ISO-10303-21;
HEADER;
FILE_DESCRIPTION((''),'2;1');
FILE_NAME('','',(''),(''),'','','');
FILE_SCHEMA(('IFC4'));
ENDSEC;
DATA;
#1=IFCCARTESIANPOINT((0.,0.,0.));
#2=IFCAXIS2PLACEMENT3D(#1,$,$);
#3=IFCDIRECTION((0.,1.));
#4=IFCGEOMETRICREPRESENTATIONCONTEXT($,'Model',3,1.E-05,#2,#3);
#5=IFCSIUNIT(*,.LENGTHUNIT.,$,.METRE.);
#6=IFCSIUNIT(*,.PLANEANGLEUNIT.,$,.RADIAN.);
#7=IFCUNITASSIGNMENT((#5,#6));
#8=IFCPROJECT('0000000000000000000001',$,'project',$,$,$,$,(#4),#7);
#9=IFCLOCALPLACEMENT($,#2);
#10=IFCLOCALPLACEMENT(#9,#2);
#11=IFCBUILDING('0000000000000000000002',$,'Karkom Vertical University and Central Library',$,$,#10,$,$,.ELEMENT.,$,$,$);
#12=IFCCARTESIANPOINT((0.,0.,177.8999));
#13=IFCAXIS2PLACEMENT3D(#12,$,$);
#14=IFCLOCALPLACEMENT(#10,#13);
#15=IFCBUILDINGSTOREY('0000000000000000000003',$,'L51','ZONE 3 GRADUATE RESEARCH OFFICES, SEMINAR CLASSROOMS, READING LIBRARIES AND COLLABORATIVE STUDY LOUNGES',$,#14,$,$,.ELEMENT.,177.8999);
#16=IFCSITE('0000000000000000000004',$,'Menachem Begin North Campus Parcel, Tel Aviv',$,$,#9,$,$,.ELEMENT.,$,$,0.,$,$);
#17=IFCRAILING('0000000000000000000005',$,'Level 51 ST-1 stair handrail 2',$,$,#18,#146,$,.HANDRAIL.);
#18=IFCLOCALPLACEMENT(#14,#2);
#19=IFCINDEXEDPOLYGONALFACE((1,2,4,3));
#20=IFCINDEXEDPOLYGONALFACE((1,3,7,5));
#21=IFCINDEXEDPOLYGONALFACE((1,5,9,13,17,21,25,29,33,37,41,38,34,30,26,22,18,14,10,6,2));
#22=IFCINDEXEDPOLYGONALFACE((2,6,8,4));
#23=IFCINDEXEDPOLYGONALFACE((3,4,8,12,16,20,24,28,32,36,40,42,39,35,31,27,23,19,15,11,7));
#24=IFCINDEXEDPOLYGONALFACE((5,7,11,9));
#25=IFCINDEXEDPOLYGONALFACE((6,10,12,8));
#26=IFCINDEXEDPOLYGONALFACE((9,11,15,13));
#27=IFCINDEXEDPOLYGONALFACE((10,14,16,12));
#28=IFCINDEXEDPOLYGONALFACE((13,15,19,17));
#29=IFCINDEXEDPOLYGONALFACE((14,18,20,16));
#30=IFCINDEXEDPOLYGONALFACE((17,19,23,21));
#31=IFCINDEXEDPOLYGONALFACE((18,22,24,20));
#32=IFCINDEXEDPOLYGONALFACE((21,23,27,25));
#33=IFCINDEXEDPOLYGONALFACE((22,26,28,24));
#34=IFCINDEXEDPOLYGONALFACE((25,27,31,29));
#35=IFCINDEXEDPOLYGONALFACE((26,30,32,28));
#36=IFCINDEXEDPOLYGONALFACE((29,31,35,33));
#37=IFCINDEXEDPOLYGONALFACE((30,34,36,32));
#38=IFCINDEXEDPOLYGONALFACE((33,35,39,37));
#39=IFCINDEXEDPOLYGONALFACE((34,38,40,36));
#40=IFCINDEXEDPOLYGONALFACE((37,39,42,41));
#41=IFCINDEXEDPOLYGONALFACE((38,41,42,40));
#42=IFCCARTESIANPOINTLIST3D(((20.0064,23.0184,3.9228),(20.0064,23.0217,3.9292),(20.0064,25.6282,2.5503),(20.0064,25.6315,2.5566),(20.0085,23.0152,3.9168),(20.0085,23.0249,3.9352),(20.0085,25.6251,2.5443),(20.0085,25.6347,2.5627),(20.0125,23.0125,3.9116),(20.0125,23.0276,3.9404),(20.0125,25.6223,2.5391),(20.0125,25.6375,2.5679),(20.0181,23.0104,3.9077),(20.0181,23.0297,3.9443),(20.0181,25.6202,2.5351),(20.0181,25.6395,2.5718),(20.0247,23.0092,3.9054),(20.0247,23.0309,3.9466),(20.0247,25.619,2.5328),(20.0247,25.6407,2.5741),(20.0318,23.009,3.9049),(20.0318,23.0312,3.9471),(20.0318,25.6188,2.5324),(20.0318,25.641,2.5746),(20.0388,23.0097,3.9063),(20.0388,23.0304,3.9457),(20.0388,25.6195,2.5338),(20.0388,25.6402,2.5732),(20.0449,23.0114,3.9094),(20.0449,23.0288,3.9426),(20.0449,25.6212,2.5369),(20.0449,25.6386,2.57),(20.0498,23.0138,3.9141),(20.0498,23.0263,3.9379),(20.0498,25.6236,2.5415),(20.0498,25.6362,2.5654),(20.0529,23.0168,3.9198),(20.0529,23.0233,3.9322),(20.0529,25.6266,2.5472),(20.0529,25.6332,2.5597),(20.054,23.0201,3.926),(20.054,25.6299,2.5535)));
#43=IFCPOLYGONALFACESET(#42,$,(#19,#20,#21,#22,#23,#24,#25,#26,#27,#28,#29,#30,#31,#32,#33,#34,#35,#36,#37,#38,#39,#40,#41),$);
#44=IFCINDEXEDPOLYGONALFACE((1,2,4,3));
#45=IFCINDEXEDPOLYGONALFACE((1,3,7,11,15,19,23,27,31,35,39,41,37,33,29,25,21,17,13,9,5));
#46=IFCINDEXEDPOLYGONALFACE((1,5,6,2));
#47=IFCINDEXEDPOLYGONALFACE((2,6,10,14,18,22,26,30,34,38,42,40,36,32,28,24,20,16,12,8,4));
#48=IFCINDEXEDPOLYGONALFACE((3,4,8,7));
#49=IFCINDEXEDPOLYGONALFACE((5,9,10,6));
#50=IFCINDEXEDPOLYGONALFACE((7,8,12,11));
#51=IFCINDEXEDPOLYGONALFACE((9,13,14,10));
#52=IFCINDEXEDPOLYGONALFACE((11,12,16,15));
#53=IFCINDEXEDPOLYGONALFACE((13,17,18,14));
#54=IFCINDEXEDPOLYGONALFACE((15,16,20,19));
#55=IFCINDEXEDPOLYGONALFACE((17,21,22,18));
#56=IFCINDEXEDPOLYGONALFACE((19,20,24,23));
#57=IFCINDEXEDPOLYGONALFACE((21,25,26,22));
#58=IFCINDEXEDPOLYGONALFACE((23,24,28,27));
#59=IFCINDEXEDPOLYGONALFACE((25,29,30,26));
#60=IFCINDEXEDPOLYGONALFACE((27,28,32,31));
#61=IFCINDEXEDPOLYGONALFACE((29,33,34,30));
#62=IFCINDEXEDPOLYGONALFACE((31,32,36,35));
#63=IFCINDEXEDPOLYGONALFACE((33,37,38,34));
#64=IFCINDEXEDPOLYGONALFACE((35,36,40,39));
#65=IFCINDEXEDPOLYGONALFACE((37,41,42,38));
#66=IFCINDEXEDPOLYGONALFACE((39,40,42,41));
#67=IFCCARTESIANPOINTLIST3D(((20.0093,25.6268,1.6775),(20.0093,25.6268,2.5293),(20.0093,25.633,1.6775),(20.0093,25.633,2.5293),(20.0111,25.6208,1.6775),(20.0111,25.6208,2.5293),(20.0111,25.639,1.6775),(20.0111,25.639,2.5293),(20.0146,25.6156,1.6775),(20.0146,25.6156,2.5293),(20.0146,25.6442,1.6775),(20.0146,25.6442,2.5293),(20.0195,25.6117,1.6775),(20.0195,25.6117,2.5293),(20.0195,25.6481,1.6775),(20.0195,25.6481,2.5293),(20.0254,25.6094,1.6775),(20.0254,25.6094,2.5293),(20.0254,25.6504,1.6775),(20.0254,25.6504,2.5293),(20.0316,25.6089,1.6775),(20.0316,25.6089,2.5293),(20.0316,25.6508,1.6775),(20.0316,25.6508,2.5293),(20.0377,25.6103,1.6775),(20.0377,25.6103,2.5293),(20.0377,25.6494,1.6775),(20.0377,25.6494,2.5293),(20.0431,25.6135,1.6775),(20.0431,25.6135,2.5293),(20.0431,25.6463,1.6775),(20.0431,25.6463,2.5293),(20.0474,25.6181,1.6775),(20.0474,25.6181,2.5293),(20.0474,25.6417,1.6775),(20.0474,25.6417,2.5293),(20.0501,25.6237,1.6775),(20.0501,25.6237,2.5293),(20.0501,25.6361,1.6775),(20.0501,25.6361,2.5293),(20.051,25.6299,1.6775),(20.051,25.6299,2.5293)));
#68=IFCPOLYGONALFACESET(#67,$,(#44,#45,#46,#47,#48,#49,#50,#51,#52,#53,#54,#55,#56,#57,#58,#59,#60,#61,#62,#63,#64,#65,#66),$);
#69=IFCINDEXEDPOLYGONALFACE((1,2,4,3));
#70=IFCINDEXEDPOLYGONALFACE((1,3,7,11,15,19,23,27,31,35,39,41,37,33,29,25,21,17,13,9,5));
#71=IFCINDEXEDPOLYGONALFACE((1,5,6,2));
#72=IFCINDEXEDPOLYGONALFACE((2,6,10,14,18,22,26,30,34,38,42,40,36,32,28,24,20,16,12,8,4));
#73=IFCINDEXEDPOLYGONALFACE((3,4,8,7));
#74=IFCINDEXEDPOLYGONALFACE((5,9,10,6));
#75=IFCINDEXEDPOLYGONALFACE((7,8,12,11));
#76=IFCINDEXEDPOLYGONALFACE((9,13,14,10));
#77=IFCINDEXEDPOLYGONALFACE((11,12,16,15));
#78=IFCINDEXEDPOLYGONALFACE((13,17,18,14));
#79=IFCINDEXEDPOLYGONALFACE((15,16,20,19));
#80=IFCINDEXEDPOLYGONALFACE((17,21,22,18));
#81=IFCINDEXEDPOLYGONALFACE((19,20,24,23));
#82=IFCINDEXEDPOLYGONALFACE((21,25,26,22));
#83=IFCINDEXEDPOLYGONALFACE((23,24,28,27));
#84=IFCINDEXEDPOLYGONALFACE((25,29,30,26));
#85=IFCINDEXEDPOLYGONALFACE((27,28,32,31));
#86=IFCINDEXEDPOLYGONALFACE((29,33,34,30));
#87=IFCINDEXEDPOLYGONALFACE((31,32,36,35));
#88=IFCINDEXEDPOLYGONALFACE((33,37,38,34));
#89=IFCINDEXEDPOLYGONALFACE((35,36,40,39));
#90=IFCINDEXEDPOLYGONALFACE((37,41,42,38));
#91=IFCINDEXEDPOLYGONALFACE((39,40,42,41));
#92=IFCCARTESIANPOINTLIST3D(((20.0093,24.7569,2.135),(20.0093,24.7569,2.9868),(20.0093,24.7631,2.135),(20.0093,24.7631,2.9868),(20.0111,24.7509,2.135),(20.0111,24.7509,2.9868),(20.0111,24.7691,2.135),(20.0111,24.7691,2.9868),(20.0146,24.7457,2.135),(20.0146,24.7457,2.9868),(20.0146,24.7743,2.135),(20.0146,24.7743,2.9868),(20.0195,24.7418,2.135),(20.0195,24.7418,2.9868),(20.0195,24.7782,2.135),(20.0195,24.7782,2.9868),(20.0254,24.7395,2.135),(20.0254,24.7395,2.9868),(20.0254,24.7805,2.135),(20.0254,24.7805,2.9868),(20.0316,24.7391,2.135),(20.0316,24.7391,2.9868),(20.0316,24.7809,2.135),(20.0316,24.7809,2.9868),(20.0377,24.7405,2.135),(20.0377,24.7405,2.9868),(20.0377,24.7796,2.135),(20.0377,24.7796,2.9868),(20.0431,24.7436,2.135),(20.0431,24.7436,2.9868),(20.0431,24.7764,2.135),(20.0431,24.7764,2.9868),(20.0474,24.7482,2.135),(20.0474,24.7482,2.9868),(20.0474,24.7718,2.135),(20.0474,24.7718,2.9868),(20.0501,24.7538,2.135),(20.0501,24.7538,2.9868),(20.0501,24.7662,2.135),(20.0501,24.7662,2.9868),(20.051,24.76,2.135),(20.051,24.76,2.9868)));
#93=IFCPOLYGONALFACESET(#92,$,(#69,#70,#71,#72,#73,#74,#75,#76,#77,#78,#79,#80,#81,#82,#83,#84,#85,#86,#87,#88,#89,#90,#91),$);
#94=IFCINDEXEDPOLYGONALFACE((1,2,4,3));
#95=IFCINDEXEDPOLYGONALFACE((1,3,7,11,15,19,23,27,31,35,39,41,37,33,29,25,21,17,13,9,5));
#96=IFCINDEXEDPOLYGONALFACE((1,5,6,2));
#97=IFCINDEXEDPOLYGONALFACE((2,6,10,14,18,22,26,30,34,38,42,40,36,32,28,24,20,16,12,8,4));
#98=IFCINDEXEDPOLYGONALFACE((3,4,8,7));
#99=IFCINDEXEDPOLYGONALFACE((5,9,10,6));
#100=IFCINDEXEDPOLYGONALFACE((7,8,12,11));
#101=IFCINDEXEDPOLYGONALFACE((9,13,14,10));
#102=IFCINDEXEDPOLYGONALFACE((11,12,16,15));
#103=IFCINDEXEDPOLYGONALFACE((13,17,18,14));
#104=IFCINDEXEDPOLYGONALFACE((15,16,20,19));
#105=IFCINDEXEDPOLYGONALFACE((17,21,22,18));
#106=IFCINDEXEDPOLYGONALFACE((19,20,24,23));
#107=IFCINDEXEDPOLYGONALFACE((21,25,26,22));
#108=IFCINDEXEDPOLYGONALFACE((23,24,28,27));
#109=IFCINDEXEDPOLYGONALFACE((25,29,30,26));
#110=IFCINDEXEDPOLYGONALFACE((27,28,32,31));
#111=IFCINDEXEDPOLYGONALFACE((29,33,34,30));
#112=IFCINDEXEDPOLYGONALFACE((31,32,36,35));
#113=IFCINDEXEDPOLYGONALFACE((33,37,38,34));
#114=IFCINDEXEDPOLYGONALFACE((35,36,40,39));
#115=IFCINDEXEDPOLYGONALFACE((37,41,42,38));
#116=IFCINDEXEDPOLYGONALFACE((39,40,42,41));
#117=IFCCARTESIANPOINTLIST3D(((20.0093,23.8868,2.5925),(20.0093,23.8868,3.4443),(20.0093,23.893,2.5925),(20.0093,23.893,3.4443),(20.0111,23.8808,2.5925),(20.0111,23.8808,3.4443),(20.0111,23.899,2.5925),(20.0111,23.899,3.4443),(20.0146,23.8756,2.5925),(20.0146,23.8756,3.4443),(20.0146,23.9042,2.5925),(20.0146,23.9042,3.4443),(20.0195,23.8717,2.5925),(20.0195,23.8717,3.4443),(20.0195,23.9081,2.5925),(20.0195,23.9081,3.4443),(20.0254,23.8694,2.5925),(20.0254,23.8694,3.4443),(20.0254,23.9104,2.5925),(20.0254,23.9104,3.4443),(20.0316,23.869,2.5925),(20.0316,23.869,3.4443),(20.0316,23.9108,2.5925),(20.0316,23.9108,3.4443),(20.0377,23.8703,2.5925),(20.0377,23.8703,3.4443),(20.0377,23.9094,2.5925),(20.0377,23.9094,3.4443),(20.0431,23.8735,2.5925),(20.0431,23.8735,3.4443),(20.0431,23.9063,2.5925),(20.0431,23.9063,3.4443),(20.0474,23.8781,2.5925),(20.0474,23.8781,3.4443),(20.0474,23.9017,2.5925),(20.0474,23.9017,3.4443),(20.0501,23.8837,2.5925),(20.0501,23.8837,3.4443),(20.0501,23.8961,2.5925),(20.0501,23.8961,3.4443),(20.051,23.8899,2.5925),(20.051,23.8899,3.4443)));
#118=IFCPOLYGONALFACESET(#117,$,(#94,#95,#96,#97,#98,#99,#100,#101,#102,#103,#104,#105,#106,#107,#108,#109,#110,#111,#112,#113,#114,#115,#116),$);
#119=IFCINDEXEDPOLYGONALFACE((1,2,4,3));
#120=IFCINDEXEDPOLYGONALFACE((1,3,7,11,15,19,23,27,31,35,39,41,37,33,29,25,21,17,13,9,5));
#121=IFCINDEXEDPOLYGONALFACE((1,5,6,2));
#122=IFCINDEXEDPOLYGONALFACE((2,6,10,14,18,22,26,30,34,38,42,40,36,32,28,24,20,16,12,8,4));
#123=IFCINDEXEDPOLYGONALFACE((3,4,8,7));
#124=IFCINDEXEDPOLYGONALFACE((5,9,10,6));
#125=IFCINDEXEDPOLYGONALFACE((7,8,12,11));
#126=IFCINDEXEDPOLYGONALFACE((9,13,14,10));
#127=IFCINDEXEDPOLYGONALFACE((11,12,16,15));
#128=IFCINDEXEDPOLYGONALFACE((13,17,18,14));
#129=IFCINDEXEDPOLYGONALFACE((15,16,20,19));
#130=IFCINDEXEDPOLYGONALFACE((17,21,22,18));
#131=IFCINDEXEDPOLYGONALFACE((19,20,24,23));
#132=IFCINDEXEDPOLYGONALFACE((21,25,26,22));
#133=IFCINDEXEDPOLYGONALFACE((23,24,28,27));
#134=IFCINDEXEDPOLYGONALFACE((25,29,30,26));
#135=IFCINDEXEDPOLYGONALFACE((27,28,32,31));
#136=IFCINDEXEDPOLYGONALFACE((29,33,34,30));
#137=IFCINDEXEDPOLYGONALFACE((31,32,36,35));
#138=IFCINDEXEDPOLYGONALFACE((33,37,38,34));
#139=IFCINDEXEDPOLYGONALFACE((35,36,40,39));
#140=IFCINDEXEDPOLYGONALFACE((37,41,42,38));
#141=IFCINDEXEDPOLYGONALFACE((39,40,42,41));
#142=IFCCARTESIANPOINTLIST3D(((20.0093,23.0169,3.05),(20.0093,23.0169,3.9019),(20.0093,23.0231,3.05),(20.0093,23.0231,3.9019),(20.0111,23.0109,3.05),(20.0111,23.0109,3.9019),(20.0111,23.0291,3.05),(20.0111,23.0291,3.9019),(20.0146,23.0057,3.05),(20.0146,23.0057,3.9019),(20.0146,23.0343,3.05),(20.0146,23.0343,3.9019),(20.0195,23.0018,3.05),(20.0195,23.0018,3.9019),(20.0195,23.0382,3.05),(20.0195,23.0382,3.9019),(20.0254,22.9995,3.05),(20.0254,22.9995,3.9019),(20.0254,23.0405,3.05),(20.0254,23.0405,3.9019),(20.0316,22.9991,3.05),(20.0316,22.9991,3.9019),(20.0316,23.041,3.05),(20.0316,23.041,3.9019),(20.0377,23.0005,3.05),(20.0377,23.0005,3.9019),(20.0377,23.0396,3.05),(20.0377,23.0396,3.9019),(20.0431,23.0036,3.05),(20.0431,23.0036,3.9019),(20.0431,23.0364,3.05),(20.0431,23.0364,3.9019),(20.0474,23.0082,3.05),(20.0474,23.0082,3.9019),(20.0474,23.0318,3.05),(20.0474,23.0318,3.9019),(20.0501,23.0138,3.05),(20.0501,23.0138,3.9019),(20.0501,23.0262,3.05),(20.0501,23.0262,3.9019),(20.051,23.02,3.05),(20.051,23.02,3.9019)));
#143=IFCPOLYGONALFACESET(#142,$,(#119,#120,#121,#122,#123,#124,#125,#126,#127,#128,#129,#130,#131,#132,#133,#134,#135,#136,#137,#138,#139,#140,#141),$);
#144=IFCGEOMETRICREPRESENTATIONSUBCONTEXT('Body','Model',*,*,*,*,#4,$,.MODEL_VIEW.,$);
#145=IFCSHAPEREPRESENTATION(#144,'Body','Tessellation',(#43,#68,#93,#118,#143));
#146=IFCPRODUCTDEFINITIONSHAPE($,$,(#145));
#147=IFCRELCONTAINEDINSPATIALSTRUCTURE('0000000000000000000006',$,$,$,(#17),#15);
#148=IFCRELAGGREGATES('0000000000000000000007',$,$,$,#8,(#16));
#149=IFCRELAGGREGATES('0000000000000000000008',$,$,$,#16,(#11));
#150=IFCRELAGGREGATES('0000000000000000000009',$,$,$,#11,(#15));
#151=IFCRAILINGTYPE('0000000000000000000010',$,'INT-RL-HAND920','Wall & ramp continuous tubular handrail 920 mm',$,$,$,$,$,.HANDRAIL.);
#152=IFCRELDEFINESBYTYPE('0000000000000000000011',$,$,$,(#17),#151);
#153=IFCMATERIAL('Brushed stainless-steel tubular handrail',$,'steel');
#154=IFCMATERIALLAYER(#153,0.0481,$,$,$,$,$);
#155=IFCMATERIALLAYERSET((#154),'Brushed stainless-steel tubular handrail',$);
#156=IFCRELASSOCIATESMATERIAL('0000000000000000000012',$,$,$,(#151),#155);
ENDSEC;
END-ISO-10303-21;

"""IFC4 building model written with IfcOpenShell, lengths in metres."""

from ifc_helpers import new_model, si_unit, direction, frame, origin, origin_2d, place, context, subcontext, project, spatial, circle, extrude, material, layer, layer_set, type_object, element, save


model = new_model("IFC4")

# Units and contexts
model_context = context("Model", 3, precision=1e-05, world=origin(), true_north=direction((0.0, 1.0)))
body_context = subcontext(model_context, "Body", "Model", "MODEL_VIEW")
ifc_project = project(units=[si_unit("LENGTHUNIT", "METRE"), si_unit("PLANEANGLEUNIT", "RADIAN")], contexts=[model_context])

# Site, building, storey
site_placement = place(None, origin())
site = spatial("IfcSite", under=ifc_project, at=site_placement, Name="Menachem Begin North Campus Parcel, Tel Aviv", CompositionType="ELEMENT", RefElevation=0.0)
building_placement = place(site_placement, origin())
building = spatial("IfcBuilding", under=site, at=building_placement, Name="Karkom Vertical University and Central Library", CompositionType="ELEMENT")
storey_placement = place(building_placement, frame((0.0, 0.0, 177.8999)))
storey = spatial("IfcBuildingStorey", under=building, at=storey_placement, Name="L51", Description="ZONE 3 GRADUATE RESEARCH OFFICES, SEMINAR CLASSROOMS, READING LIBRARIES AND COLLABORATIVE STUDY LOUNGES", CompositionType="ELEMENT", Elevation=177.8999)

# Railing
ifc_material_1 = material(Name="Brushed stainless-steel tubular handrail", Category="steel")
ifc_layer_1 = layer(ifc_material_1, 0.0481)
ifc_layer_set_1 = layer_set([ifc_layer_1], Name="Brushed stainless-steel tubular handrail")
railing_type_1 = type_object("IfcRailingType", Name="INT-RL-HAND920", Description="Wall & ramp continuous tubular handrail 920 mm", PredefinedType="HANDRAIL", material=ifc_layer_set_1)
railing_1_placement = place(storey_placement, frame((20.03, 25.6299, 1.6775)))
element("IfcRailing", 1, at=railing_1_placement, inside=storey, type_object=railing_type_1, Name="Level 51 ST-1 stair handrail 2", PredefinedType="HANDRAIL", context=body_context, shape_type="SweptSolid", body=[
    extrude(circle(Radius=0.0239, at=origin_2d()), frame((0.0, 0.0, 0.876), z_axis=(0.0, -0.885065, 0.465467), x_axis=(1.0, 0.0, 0.0)), (0.0, 0.0, 1.0), 2.9487),
    extrude(circle(Radius=0.021, at=origin_2d()), origin(), (0.0, 0.0, 1.0), 0.8518),
    extrude(circle(Radius=0.021, at=origin_2d()), frame((0.0, -0.8699, 0.4575)), (0.0, 0.0, 1.0), 0.8518),
    extrude(circle(Radius=0.021, at=origin_2d()), frame((0.0, -1.74, 0.915)), (0.0, 0.0, 1.0), 0.8518),
    extrude(circle(Radius=0.021, at=origin_2d()), frame((0.0, -2.6099, 1.3726)), (0.0, 0.0, 1.0), 0.8518),
])

save(model, "model.ifc")
